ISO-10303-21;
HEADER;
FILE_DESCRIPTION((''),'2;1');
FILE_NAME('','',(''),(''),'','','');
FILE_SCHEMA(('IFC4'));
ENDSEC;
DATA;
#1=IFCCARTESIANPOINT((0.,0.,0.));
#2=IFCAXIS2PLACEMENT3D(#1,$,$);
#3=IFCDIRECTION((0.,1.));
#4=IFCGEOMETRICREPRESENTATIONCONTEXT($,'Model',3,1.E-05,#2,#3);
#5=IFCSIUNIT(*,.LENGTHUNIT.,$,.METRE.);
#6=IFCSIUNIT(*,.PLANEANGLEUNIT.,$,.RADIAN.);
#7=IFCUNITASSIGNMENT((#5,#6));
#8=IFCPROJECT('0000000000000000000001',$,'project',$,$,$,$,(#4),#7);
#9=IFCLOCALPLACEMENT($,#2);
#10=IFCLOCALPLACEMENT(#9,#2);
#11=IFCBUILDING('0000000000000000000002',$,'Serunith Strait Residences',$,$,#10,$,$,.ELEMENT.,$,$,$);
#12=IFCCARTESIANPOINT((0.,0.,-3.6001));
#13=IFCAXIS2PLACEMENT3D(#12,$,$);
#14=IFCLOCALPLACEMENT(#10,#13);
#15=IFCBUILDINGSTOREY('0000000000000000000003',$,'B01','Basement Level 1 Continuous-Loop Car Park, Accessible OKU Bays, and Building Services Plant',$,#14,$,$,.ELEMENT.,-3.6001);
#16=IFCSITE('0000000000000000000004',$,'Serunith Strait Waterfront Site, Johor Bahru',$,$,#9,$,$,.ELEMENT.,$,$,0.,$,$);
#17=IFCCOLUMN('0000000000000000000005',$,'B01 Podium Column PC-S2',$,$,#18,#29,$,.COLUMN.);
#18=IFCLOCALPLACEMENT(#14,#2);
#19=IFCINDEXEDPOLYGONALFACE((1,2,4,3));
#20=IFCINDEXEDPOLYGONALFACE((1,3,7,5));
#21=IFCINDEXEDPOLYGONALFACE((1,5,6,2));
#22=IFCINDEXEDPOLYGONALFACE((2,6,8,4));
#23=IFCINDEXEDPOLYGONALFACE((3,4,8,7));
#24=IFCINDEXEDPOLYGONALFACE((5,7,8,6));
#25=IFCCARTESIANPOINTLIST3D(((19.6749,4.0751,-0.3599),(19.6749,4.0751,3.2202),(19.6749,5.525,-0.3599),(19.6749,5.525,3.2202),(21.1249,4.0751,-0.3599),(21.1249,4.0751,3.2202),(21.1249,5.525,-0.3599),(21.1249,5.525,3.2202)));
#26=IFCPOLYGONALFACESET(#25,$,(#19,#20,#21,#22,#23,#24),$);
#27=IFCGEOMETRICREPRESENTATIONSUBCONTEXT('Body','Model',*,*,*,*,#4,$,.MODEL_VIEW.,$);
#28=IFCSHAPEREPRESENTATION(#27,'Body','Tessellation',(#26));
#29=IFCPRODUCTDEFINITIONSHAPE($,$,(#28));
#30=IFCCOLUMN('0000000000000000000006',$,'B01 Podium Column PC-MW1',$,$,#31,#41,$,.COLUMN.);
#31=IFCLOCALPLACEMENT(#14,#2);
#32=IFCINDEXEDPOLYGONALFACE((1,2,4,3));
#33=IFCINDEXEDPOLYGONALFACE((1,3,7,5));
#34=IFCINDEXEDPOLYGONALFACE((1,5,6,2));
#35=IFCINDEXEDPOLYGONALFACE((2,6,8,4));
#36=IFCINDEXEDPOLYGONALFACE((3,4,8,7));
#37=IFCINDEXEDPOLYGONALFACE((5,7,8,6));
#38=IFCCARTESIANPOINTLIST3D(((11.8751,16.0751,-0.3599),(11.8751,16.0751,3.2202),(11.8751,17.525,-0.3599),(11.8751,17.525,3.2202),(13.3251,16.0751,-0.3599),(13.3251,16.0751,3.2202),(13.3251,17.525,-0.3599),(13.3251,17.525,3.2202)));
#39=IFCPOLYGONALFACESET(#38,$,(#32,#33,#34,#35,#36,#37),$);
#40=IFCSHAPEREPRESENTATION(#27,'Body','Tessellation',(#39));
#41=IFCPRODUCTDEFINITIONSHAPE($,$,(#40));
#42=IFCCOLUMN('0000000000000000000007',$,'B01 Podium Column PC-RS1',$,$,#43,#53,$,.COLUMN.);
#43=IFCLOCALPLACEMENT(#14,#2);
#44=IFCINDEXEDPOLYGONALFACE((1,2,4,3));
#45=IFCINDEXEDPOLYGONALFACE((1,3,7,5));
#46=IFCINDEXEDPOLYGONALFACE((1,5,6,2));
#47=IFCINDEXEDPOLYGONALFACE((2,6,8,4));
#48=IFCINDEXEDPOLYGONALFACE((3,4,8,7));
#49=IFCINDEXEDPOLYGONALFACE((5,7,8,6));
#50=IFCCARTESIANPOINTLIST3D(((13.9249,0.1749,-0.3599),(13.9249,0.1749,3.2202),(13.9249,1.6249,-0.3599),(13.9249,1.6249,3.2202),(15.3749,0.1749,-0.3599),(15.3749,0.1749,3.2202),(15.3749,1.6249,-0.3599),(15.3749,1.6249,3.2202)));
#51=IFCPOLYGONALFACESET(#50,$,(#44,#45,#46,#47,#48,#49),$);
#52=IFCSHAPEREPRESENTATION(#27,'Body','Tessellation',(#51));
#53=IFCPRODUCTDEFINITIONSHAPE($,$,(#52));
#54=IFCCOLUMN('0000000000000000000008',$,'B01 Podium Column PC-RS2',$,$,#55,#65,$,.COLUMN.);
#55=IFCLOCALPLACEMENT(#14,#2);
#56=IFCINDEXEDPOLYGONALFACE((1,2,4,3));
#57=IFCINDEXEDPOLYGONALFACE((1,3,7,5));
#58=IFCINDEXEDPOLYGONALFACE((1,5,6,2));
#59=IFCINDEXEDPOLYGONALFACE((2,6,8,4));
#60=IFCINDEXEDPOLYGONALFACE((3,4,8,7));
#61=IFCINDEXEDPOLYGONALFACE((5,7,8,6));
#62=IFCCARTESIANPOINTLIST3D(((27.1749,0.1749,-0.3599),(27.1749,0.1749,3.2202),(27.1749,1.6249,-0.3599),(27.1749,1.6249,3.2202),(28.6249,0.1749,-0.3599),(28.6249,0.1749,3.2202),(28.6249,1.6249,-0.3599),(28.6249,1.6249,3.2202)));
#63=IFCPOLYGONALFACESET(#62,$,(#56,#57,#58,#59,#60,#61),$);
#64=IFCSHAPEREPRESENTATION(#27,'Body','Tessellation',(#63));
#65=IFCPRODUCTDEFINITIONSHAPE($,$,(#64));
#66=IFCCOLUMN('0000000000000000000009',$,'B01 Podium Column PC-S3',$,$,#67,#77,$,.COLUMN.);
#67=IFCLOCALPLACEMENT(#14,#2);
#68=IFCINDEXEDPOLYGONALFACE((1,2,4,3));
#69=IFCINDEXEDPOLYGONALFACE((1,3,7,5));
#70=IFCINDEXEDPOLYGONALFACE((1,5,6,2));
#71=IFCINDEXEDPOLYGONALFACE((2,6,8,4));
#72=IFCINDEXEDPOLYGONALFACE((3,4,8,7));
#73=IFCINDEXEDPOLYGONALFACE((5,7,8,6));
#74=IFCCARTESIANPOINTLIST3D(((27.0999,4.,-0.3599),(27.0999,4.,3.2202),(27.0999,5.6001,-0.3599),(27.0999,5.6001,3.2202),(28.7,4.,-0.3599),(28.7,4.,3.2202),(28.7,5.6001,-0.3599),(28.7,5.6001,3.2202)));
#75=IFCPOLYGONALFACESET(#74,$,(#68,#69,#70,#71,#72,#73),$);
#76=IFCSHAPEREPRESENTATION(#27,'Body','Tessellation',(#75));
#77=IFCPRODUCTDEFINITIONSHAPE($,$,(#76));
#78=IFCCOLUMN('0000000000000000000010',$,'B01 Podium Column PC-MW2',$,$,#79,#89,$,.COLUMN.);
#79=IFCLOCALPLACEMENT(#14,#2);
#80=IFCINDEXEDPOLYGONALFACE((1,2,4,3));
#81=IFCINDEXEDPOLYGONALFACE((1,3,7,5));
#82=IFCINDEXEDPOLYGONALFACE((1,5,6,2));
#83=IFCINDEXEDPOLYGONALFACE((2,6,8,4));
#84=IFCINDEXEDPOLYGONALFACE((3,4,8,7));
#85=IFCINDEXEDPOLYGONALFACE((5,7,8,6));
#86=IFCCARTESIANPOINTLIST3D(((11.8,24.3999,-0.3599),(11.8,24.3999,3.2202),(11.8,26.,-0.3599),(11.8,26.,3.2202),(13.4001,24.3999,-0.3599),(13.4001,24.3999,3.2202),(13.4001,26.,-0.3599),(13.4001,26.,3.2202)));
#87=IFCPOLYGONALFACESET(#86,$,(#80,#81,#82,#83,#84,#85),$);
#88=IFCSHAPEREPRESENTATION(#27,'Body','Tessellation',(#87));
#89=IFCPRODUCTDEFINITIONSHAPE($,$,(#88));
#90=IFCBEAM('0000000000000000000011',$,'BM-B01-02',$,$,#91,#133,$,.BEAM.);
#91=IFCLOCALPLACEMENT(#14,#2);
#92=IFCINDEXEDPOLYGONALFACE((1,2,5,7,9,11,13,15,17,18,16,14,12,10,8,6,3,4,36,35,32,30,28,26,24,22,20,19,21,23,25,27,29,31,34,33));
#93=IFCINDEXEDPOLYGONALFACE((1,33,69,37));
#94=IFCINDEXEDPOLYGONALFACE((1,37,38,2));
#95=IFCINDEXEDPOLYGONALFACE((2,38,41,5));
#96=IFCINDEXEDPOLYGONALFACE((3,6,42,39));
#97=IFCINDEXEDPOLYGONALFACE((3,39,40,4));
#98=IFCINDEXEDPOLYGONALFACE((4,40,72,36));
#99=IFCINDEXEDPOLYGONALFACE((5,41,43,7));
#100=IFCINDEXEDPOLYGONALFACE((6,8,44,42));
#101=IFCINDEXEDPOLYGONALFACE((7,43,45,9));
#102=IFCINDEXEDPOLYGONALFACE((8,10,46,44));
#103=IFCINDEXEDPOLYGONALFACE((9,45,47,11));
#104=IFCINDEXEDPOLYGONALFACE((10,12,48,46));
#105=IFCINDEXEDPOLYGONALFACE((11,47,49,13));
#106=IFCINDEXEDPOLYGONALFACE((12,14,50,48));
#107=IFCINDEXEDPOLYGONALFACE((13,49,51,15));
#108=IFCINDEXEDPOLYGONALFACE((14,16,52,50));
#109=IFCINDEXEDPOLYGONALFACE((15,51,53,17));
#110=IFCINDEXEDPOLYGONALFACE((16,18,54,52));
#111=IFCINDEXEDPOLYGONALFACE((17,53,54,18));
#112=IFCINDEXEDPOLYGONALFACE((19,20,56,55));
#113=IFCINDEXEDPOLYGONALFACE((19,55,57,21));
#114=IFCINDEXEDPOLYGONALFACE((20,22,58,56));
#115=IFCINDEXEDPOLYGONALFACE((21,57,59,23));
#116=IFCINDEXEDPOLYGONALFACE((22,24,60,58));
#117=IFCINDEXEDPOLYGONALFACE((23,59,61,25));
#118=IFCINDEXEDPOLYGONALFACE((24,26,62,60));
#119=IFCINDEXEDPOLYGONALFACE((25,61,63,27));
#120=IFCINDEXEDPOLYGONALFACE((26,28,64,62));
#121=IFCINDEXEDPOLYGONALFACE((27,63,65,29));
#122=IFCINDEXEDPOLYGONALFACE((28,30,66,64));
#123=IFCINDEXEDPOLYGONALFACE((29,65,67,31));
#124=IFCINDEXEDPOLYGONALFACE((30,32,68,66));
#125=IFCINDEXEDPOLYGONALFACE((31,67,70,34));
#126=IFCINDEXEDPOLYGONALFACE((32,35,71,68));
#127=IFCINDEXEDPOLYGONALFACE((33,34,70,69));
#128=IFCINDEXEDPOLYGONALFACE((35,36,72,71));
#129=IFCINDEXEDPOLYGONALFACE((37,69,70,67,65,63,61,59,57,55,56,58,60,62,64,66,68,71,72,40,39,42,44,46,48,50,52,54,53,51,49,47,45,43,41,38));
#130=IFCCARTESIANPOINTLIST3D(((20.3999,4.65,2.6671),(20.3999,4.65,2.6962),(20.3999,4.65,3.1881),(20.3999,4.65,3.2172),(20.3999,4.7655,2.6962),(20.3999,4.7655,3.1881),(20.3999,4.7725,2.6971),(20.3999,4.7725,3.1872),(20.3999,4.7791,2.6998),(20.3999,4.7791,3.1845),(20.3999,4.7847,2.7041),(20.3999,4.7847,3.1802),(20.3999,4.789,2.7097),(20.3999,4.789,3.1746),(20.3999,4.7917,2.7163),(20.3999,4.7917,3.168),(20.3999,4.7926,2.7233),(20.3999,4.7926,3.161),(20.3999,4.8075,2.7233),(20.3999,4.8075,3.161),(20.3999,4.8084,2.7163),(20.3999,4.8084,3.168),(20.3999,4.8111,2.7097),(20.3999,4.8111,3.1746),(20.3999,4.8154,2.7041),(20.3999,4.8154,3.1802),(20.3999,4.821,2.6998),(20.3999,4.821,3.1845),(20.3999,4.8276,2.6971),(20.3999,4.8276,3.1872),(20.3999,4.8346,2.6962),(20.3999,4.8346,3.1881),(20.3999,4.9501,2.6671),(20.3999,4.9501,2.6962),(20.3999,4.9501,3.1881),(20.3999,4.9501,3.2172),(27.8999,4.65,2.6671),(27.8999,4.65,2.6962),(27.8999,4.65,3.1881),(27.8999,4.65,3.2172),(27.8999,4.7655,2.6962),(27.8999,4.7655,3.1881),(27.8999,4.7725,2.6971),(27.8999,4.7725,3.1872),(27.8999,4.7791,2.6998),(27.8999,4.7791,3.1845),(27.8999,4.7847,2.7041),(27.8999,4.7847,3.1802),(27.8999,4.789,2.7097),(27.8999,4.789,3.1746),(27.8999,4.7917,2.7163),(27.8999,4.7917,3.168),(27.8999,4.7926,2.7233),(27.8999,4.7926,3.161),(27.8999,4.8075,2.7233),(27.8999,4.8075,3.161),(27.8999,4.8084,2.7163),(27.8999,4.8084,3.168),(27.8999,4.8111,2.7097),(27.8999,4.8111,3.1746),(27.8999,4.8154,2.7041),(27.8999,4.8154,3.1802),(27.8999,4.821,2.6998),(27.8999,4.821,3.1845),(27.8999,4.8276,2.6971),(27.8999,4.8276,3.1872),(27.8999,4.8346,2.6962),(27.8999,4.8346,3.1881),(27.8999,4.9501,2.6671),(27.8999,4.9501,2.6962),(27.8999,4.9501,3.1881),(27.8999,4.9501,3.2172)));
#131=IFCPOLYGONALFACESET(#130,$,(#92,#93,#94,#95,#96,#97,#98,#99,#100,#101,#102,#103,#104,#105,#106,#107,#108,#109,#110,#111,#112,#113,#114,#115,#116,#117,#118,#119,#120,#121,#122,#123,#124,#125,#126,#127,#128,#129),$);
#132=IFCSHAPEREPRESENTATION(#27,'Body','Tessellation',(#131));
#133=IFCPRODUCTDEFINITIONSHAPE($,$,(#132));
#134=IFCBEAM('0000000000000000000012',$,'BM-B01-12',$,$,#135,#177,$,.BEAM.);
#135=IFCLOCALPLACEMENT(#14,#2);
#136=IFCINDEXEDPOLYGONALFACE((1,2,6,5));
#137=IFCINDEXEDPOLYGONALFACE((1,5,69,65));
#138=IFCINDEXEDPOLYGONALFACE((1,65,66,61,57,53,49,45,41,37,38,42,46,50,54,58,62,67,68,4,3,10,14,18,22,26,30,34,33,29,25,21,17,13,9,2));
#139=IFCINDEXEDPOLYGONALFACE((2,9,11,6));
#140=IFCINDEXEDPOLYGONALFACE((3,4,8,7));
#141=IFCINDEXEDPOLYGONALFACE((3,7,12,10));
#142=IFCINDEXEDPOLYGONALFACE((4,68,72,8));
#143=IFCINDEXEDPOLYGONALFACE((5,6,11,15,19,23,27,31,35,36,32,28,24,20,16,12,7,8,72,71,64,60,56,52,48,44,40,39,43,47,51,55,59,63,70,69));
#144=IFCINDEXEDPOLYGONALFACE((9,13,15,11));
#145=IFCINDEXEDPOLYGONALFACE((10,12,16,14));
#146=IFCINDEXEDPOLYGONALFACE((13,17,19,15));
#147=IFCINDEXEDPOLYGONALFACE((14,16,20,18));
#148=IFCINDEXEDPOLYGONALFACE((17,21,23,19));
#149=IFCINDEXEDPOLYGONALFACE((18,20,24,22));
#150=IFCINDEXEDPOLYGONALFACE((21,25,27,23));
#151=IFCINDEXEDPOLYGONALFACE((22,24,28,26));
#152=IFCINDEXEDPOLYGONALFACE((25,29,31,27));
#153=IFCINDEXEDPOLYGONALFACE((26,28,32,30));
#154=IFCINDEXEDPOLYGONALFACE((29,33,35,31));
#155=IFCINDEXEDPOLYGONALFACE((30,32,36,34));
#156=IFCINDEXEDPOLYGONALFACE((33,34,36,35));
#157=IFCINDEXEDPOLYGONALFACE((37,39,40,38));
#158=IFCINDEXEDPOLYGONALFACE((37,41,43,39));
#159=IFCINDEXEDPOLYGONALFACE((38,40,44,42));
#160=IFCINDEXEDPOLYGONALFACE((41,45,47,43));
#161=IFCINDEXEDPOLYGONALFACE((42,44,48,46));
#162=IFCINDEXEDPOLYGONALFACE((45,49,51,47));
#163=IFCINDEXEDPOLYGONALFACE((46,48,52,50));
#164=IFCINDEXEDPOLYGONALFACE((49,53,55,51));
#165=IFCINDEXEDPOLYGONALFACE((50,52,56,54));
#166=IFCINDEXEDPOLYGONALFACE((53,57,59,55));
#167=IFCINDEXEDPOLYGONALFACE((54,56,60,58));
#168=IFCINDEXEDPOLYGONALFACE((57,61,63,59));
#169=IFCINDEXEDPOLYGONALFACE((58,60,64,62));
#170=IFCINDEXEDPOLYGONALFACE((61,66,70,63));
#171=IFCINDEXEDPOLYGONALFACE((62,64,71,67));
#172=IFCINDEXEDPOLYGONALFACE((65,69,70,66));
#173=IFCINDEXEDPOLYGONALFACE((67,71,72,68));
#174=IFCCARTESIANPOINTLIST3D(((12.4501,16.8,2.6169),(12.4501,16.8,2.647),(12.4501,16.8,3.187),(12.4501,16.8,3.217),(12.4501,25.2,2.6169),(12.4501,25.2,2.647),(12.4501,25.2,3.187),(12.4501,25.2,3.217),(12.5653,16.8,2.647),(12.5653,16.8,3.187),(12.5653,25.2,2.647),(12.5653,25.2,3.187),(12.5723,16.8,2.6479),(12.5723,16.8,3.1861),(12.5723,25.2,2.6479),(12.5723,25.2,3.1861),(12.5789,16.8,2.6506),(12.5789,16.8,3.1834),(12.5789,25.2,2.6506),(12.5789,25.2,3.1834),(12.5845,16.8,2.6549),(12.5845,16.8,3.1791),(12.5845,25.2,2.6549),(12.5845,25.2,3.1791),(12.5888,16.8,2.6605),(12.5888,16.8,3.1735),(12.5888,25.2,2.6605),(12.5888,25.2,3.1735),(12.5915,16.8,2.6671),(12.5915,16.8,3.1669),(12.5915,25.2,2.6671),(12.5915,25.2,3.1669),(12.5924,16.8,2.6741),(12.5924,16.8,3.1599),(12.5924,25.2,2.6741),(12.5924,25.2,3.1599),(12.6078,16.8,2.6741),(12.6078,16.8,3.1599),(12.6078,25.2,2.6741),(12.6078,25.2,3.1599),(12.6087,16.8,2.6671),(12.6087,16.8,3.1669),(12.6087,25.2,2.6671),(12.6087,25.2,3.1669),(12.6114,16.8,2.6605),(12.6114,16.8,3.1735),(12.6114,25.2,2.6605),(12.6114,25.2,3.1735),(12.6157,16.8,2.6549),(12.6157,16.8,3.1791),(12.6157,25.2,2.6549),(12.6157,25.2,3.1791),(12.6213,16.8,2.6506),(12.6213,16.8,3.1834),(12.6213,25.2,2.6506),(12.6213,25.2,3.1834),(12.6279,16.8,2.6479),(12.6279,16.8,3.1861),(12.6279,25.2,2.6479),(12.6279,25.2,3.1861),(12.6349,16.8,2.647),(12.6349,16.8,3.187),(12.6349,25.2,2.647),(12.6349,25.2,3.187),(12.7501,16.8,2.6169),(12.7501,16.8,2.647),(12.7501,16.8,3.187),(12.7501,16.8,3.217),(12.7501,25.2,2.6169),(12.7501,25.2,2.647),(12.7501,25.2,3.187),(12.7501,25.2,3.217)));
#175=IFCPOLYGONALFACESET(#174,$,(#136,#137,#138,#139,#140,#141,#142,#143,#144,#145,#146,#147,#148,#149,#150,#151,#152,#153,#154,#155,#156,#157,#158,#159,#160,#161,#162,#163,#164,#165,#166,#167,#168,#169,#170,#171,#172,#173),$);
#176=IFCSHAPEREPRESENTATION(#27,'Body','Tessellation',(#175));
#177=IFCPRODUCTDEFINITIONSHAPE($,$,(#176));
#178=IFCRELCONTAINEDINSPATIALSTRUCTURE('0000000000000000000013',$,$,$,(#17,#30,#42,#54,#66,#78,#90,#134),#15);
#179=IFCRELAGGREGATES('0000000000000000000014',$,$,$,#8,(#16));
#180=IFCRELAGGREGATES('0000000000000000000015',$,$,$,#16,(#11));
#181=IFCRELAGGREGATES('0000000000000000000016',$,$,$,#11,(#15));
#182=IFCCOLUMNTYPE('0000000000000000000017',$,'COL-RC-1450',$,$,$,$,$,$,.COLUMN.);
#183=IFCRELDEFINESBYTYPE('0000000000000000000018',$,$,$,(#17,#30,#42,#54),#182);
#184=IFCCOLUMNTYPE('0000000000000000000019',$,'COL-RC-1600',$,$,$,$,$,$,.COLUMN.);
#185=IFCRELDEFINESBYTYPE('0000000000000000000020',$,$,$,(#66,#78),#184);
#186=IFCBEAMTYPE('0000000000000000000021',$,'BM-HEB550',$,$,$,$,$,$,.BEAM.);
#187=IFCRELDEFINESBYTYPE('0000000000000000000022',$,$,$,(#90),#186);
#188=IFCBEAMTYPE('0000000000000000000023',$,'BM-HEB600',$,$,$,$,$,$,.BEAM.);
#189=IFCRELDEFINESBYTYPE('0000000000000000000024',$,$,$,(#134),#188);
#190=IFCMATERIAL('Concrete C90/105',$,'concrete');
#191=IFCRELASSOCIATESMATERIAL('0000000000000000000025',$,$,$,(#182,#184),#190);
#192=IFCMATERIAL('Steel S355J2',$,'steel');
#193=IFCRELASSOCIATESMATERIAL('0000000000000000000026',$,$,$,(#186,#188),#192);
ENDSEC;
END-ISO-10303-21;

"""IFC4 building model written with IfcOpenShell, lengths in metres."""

from ifc_helpers import new_model, si_unit, direction, frame, origin, origin_2d, place, context, subcontext, project, spatial, rectangle, i_section, extrude, source, transform, mapped, material, material_profile, profile_set, type_object, element, save


model = new_model("IFC4")

# Units and contexts
model_context = context("Model", 3, precision=1e-05, world=origin(), true_north=direction((0.0, 1.0)))
body_context = subcontext(model_context, "Body", "Model", "MODEL_VIEW")
ifc_project = project(units=[si_unit("LENGTHUNIT", "METRE"), si_unit("PLANEANGLEUNIT", "RADIAN")], contexts=[model_context])

# Site, building, storey
site_placement = place(None, origin())
site = spatial("IfcSite", under=ifc_project, at=site_placement, Name="Serunith Strait Waterfront Site, Johor Bahru", CompositionType="ELEMENT", RefElevation=0.0)
building_placement = place(site_placement, origin())
building = spatial("IfcBuilding", under=site, at=building_placement, Name="Serunith Strait Residences", CompositionType="ELEMENT")
storey_placement = place(building_placement, frame((0.0, 0.0, -3.6001)))
storey = spatial("IfcBuildingStorey", under=building, at=storey_placement, Name="B01", Description="Basement Level 1 Continuous-Loop Car Park, Accessible OKU Bays, and Building Services Plant", CompositionType="ELEMENT", Elevation=-3.6001)

# Columns
ifc_material_1 = material(Name="Concrete C90/105", Category="concrete")
ifc_material_profile_1 = material_profile(ifc_material_1, rectangle(XDim=1.45, YDim=1.45, at=origin_2d()), Name="RC 1450x1450")
ifc_profile_set_1 = profile_set([ifc_material_profile_1], Name="Concrete C90/105")
column_type_1 = type_object("IfcColumnType", Name="COL-RC-1450", PredefinedType="COLUMN", material=ifc_profile_set_1)
shared_shape_1 = source(origin(), body_context, "Body", "SweptSolid", [
    extrude(rectangle(XDim=1.45, YDim=1.45, at=origin_2d()), origin(), (0.0, 0.0, 1.0), 3.5801),
])
for number, where, z_axis, x_axis, name in (
    (1, (20.3999, 4.8, -0.3599), (0.0, 0.0, 1.0), (1.0, 0.0, 0.0), "B01 Podium Column PC-S2"),
    (2, (12.6001, 16.8, -0.3599), (0.0, 0.0, 1.0), (1.0, 0.0, 0.0), "B01 Podium Column PC-MW1"),
    (3, (14.6499, 0.8999, -0.3599), (0.0, 0.0, 1.0), (1.0, 0.0, 0.0), "B01 Podium Column PC-RS1"),
    (4, (27.8999, 0.8999, -0.3599), (0.0, 0.0, 1.0), (1.0, 0.0, 0.0), "B01 Podium Column PC-RS2"),
):
    element("IfcColumn", number, at=place(storey_placement, frame(where, z_axis=z_axis, x_axis=x_axis)), inside=storey, type_object=column_type_1, Name=name, PredefinedType="COLUMN", context=body_context, shape_type="MappedRepresentation", body=[
        mapped(shared_shape_1, transform((0.0, 0.0, 0.0), scale=1.0)),
    ])
ifc_material_profile_2 = material_profile(ifc_material_1, rectangle(XDim=1.6001, YDim=1.6001, at=origin_2d()), Name="RC 1600x1600")
ifc_profile_set_2 = profile_set([ifc_material_profile_2], Name="Concrete C90/105")
column_type_2 = type_object("IfcColumnType", Name="COL-RC-1600", PredefinedType="COLUMN", material=ifc_profile_set_2)
shared_shape_2 = source(origin(), body_context, "Body", "SweptSolid", [
    extrude(rectangle(XDim=1.6001, YDim=1.6001, at=origin_2d()), origin(), (0.0, 0.0, 1.0), 3.5801),
])
for number, where, z_axis, x_axis, name in (
    (5, (27.8999, 4.8, -0.3599), (0.0, 0.0, 1.0), (1.0, 0.0, 0.0), "B01 Podium Column PC-S3"),
    (6, (12.6001, 25.2, -0.3599), (0.0, 0.0, 1.0), (1.0, 0.0, 0.0), "B01 Podium Column PC-MW2"),
):
    element("IfcColumn", number, at=place(storey_placement, frame(where, z_axis=z_axis, x_axis=x_axis)), inside=storey, type_object=column_type_2, Name=name, PredefinedType="COLUMN", context=body_context, shape_type="MappedRepresentation", body=[
        mapped(shared_shape_2, transform((0.0, 0.0, 0.0), scale=1.0)),
    ])

# Beams
ifc_material_2 = material(Name="Steel S355J2", Category="steel")
ifc_material_profile_3 = material_profile(ifc_material_2, i_section(OverallWidth=0.3, OverallDepth=0.55, WebThickness=0.0149, FlangeThickness=0.0291, FilletRadius=0.0271, at=origin_2d()), Name="HEB 550")
ifc_profile_set_3 = profile_set([ifc_material_profile_3], Name="Steel S355J2")
beam_type_1 = type_object("IfcBeamType", Name="BM-HEB550", PredefinedType="BEAM", material=ifc_profile_set_3)
shared_shape_3 = source(origin(), body_context, "Body", "SweptSolid", [
    extrude(i_section(OverallWidth=0.3, OverallDepth=0.55, WebThickness=0.0149, FlangeThickness=0.0291, FilletRadius=0.0271, at=origin_2d()), origin(), (0.0, 0.0, 1.0), 7.5),
])
beam_1_placement = place(storey_placement, frame((20.3999, 4.8, 2.9421), z_axis=(1.0, 0.0, 0.0), x_axis=(0.0, 1.0, 0.0)))
element("IfcBeam", 7, at=beam_1_placement, inside=storey, type_object=beam_type_1, Name="BM-B01-02", PredefinedType="BEAM", context=body_context, shape_type="MappedRepresentation", body=[
    mapped(shared_shape_3, transform((0.0, 0.0, 0.0), scale=1.0)),
])
ifc_material_profile_4 = material_profile(ifc_material_2, i_section(OverallWidth=0.3, OverallDepth=0.6001, WebThickness=0.0154, FlangeThickness=0.03, FilletRadius=0.0271, at=origin_2d()), Name="HEB 600")
ifc_profile_set_4 = profile_set([ifc_material_profile_4], Name="Steel S355J2")
beam_type_2 = type_object("IfcBeamType", Name="BM-HEB600", PredefinedType="BEAM", material=ifc_profile_set_4)
shared_shape_4 = source(origin(), body_context, "Body", "SweptSolid", [
    extrude(i_section(OverallWidth=0.3, OverallDepth=0.6001, WebThickness=0.0154, FlangeThickness=0.03, FilletRadius=0.0271, at=origin_2d()), origin(), (0.0, 0.0, 1.0), 8.3999),
])
beam_2_placement = place(storey_placement, frame((12.6001, 16.8, 2.917), z_axis=(0.0, 1.0, 0.0), x_axis=(-1.0, 0.0, 0.0)))
element("IfcBeam", 8, at=beam_2_placement, inside=storey, type_object=beam_type_2, Name="BM-B01-12", PredefinedType="BEAM", context=body_context, shape_type="MappedRepresentation", body=[
    mapped(shared_shape_4, transform((0.0, 0.0, 0.0), scale=1.0)),
])

save(model, "model.ifc")
